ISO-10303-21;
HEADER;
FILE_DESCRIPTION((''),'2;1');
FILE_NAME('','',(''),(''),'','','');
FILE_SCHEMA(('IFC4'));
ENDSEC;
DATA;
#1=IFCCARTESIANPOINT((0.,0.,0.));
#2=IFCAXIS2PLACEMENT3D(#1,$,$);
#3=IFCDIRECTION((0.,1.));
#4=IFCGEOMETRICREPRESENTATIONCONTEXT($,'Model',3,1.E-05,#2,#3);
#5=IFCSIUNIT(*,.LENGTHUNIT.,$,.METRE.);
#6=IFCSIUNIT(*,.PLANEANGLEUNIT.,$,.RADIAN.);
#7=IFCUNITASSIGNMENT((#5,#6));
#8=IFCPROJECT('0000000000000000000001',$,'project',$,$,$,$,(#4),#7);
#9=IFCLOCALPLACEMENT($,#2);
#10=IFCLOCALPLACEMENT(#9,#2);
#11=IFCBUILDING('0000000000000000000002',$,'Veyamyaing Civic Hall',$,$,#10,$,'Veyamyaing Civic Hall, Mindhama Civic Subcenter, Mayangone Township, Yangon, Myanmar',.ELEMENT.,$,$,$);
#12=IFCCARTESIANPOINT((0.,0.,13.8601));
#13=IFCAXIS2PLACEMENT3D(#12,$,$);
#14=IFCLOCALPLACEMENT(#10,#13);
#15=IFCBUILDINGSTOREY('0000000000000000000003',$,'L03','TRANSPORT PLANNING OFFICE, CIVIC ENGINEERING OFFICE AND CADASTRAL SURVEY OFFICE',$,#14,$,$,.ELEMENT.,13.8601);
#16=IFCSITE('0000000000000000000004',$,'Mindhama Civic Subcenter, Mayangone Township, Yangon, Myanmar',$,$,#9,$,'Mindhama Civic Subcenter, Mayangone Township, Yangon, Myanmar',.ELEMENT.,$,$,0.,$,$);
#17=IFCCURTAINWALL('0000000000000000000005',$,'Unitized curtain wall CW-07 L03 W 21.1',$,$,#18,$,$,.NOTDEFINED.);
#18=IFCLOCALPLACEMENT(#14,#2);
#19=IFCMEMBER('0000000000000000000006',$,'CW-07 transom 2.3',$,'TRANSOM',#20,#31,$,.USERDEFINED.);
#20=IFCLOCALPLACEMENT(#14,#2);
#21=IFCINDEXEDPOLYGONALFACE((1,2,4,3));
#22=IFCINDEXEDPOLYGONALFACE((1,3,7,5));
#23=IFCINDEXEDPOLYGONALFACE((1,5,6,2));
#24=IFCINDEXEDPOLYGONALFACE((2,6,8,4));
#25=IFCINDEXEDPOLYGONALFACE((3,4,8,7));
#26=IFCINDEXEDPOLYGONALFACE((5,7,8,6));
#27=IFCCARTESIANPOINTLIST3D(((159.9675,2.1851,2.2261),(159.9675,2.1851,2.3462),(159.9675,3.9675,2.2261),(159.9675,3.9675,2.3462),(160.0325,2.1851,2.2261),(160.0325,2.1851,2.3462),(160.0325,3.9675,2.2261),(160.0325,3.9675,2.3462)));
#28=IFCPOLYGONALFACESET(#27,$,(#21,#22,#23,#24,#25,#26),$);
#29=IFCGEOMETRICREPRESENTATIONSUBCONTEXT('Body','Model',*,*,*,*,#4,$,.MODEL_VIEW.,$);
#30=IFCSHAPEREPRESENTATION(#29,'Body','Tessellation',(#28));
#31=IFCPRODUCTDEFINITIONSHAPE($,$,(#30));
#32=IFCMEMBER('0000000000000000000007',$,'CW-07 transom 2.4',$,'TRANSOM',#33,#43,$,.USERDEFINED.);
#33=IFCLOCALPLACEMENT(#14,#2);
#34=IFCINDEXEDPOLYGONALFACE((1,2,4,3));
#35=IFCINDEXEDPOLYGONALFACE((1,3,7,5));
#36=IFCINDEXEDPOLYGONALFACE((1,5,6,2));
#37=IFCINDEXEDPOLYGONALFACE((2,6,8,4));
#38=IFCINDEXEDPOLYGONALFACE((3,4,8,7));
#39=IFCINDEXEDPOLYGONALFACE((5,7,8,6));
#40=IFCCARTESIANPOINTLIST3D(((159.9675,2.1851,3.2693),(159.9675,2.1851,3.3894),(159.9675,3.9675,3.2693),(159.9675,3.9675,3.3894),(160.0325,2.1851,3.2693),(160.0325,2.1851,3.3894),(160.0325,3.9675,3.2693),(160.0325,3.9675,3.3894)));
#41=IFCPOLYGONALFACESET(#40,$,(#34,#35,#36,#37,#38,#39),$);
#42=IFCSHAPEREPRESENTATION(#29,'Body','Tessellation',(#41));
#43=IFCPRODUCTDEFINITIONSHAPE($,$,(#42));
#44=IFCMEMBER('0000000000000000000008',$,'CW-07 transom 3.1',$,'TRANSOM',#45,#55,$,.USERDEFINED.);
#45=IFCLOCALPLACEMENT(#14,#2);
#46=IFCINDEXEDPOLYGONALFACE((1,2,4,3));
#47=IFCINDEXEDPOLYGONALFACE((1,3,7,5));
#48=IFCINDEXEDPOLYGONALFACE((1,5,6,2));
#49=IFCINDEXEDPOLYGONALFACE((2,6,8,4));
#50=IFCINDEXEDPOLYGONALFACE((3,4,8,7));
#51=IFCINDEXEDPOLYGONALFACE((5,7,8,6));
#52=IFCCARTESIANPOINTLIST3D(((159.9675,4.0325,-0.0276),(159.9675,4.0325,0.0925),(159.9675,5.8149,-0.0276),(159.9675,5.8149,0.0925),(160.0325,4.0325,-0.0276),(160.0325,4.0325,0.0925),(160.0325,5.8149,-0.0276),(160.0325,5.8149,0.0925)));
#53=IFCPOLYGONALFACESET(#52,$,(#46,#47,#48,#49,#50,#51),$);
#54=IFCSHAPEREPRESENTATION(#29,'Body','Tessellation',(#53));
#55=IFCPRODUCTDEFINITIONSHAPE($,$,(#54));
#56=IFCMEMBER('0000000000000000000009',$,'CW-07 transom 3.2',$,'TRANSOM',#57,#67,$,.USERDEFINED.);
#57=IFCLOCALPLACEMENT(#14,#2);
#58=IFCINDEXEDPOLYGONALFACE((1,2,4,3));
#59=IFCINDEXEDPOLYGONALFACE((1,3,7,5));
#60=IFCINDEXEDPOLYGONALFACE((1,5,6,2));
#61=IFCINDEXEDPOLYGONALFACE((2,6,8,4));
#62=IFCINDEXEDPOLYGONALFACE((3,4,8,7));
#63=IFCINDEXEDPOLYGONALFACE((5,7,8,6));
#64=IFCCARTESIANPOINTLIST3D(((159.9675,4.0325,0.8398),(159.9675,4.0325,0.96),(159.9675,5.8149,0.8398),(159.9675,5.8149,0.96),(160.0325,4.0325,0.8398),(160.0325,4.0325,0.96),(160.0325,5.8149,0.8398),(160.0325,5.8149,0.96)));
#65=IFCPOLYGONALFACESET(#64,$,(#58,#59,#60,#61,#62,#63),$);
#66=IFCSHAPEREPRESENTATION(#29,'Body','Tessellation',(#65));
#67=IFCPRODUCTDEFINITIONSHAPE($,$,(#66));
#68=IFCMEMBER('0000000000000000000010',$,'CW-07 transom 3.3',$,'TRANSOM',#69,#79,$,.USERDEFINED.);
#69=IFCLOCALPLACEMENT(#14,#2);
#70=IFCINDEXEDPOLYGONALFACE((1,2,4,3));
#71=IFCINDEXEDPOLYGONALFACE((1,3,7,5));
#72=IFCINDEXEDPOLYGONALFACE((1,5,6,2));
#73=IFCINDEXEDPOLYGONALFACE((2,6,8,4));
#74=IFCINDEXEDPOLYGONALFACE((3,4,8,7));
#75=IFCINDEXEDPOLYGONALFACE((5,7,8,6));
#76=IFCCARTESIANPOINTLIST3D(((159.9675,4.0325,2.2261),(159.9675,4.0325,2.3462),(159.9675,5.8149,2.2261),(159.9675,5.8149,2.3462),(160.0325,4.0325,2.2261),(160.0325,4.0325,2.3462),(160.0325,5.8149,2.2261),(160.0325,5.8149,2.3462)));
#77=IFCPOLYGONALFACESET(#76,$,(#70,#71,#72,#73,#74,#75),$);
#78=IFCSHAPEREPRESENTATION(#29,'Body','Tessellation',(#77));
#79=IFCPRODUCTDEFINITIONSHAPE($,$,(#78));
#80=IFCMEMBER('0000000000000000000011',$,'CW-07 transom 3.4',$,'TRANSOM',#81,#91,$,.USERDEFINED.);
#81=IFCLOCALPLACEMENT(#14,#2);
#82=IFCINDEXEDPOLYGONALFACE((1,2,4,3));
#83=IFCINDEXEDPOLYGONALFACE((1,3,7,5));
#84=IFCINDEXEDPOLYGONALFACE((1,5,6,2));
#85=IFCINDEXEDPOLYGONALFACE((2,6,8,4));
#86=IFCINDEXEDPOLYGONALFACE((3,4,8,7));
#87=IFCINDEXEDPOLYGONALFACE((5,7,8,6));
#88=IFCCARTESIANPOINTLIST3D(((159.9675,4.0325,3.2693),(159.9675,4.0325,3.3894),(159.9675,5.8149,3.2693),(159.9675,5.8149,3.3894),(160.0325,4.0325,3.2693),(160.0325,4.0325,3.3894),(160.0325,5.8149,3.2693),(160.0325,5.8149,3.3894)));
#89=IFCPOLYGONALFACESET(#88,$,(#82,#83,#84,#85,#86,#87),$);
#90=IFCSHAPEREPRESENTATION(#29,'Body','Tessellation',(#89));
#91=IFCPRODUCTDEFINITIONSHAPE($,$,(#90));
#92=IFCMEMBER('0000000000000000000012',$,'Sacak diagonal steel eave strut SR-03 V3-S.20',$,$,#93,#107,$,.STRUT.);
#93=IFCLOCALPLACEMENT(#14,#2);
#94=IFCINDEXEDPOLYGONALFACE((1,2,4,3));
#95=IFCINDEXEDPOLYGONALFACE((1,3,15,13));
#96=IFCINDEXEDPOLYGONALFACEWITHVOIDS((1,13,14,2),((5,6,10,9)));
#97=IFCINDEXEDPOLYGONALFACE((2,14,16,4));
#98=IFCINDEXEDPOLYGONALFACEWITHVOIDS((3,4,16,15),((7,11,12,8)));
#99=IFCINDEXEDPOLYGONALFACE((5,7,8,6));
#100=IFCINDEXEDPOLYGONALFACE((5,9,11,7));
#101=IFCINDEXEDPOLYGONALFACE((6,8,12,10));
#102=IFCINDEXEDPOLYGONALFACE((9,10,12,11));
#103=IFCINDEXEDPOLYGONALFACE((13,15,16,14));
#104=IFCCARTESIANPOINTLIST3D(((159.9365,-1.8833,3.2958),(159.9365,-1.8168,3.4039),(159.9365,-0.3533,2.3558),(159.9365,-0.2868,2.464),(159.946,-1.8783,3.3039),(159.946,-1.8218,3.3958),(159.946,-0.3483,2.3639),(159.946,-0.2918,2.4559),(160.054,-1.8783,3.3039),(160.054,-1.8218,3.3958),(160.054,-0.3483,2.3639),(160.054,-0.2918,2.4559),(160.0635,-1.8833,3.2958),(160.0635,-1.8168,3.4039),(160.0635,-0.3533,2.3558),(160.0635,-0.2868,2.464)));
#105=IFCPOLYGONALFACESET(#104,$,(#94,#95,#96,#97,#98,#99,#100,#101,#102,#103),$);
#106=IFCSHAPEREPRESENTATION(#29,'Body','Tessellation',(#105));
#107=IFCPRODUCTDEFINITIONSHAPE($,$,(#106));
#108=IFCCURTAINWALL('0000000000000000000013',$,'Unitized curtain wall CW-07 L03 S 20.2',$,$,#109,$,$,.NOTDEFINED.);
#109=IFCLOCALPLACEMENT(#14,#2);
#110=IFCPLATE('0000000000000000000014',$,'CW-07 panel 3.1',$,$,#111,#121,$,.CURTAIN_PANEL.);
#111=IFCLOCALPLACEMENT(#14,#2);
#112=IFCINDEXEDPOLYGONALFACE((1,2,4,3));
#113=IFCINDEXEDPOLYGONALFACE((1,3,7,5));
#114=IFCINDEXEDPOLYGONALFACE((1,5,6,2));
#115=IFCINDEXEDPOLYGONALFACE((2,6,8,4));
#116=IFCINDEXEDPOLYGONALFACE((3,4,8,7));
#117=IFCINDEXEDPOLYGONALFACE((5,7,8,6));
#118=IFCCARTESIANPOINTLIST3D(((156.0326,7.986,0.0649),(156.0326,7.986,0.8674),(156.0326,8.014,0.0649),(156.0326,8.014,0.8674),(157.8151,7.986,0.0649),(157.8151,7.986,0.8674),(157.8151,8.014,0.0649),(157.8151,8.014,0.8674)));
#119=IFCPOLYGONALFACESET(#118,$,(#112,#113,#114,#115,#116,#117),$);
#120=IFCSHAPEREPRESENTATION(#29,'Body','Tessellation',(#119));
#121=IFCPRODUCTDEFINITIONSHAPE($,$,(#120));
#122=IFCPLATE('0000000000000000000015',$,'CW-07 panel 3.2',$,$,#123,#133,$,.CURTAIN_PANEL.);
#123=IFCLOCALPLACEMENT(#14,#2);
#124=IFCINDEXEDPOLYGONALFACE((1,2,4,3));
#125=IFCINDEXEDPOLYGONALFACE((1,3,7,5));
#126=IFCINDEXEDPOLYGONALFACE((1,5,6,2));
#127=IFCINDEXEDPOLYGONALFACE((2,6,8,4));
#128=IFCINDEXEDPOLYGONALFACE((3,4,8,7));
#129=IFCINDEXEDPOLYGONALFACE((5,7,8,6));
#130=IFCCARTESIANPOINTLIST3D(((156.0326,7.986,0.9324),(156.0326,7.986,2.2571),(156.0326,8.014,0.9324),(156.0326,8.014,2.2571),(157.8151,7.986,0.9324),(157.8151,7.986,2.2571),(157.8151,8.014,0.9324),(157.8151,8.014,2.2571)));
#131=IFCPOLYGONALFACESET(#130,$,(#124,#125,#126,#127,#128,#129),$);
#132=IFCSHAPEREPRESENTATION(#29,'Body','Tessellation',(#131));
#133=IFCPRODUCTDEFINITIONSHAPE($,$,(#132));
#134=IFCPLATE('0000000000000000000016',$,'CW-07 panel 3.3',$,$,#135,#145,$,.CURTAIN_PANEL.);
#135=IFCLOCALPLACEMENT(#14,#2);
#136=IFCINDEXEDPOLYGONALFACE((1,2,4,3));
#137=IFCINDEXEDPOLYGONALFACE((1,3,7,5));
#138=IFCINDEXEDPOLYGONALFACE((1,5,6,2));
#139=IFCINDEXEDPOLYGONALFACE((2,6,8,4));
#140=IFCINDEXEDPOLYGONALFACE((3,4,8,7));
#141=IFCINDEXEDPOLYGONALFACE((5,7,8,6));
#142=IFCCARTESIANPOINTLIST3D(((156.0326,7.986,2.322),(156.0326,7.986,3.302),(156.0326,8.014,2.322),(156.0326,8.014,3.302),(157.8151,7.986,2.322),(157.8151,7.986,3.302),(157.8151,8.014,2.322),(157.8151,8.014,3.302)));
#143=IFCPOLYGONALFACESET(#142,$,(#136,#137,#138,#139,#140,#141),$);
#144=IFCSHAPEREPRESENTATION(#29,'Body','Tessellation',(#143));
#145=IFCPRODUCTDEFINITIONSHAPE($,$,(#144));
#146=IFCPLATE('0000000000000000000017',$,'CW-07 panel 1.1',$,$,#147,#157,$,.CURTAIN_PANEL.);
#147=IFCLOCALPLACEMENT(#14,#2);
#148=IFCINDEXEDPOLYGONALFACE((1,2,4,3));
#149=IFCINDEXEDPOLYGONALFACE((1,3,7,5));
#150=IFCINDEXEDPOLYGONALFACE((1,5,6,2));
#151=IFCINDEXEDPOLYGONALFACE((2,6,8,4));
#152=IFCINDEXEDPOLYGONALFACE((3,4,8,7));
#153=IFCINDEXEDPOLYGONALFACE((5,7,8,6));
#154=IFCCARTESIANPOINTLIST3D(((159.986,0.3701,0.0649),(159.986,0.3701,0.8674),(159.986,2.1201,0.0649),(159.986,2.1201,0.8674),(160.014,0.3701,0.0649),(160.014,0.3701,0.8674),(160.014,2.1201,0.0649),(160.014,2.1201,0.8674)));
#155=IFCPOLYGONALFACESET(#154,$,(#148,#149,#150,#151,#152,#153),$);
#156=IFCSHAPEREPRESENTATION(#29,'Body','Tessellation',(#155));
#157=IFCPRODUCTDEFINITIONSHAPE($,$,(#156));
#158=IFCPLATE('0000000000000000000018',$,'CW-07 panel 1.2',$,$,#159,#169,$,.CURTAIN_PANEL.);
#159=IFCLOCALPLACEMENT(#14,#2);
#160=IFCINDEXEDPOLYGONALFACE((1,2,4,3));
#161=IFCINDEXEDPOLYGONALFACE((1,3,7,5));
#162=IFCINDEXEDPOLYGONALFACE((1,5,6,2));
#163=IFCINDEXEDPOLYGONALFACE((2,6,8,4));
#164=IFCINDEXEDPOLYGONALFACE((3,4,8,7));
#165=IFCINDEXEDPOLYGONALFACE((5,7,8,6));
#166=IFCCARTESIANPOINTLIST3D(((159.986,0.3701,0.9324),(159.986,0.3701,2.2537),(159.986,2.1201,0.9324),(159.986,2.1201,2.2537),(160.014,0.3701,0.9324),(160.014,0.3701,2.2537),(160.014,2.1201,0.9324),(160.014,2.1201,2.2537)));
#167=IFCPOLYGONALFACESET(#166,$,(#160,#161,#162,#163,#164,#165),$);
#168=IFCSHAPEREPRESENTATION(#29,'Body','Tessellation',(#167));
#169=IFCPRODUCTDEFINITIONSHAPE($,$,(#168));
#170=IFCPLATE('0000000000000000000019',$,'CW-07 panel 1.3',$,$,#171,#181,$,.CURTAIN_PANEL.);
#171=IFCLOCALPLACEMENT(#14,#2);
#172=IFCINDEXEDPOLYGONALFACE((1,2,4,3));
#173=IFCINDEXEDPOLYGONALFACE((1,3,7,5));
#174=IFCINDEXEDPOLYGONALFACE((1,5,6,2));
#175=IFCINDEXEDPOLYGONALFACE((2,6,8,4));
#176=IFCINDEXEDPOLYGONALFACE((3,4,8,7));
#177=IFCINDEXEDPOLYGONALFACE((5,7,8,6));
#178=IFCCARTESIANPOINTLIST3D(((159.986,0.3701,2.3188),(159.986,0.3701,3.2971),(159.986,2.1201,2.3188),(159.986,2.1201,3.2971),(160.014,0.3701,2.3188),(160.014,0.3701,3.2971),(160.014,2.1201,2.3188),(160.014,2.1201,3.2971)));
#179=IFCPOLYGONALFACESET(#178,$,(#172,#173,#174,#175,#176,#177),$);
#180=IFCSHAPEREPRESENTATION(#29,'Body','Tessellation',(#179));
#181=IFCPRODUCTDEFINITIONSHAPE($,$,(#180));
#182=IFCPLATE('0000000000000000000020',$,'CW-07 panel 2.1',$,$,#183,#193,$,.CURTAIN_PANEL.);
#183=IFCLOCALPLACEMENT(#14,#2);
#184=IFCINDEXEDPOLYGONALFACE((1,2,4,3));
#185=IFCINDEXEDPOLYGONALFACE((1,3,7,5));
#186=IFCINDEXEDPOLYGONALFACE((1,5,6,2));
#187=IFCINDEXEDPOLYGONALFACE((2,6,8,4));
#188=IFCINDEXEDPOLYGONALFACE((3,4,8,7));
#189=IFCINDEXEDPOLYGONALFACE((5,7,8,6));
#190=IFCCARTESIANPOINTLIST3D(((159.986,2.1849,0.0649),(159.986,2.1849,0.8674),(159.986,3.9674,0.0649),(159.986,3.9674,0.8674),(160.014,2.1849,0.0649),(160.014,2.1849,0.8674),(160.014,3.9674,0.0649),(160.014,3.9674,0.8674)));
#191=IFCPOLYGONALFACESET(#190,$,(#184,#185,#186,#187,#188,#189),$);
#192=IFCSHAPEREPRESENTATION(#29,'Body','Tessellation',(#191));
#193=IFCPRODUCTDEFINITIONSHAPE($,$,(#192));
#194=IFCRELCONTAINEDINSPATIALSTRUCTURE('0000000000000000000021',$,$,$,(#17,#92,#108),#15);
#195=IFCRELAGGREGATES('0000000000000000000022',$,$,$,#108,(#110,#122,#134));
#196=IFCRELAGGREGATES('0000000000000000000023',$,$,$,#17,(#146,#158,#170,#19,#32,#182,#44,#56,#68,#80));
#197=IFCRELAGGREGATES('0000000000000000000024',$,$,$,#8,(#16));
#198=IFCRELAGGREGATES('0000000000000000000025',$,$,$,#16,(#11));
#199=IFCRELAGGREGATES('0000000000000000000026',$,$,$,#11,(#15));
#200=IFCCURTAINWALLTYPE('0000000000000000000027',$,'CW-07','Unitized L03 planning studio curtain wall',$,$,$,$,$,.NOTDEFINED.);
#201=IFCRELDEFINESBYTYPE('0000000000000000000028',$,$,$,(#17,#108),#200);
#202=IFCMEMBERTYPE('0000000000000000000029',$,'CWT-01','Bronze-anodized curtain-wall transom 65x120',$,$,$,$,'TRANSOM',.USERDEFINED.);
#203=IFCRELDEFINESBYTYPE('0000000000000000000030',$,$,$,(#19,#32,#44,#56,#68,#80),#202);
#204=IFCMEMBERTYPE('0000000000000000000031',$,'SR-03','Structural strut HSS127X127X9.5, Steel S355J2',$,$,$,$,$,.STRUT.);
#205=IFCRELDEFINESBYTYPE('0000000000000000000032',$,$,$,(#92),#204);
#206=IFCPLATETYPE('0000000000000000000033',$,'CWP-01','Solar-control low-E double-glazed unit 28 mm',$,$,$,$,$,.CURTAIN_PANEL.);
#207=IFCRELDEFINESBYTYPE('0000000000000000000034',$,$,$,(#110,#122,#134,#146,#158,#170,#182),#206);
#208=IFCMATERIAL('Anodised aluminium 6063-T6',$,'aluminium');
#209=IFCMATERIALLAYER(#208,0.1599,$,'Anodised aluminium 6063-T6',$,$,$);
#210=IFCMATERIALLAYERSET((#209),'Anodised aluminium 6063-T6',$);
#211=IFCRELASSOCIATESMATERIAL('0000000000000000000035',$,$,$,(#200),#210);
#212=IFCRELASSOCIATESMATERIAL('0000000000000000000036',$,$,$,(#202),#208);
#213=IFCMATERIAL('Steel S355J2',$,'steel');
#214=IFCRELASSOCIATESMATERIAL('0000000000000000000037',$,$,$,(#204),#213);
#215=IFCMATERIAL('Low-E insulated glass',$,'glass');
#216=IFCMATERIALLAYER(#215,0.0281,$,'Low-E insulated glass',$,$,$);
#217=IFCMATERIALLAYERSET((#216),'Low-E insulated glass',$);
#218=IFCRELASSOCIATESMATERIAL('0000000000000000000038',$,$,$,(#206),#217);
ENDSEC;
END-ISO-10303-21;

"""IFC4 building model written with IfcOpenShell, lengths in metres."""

from ifc_helpers import new_model, si_unit, direction, frame, origin, origin_2d, place, context, subcontext, project, spatial, rectangle, hollow_rectangle, extrude, material, layer, layer_set, material_profile, profile_set, type_object, element, aggregate, save


model = new_model("IFC4")

# Units and contexts
model_context = context("Model", 3, precision=1e-05, world=origin(), true_north=direction((0.0, 1.0)))
body_context = subcontext(model_context, "Body", "Model", "MODEL_VIEW")
ifc_project = project(units=[si_unit("LENGTHUNIT", "METRE"), si_unit("PLANEANGLEUNIT", "RADIAN")], contexts=[model_context])

# Site, building, storey
site_placement = place(None, origin())
site = spatial("IfcSite", under=ifc_project, at=site_placement, Name="Mindhama Civic Subcenter, Mayangone Township, Yangon, Myanmar", LongName="Mindhama Civic Subcenter, Mayangone Township, Yangon, Myanmar", CompositionType="ELEMENT", RefElevation=0.0)
building_placement = place(site_placement, origin())
building = spatial("IfcBuilding", under=site, at=building_placement, Name="Veyamyaing Civic Hall", LongName="Veyamyaing Civic Hall, Mindhama Civic Subcenter, Mayangone Township, Yangon, Myanmar", CompositionType="ELEMENT")
storey_placement = place(building_placement, frame((0.0, 0.0, 13.8601)))
storey = spatial("IfcBuildingStorey", under=building, at=storey_placement, Name="L03", Description="TRANSPORT PLANNING OFFICE, CIVIC ENGINEERING OFFICE AND CADASTRAL SURVEY OFFICE", CompositionType="ELEMENT", Elevation=13.8601)

# Curtain wall, members
ifc_material_1 = material(Name="Anodised aluminium 6063-T6", Category="aluminium")
ifc_layer_1 = layer(ifc_material_1, 0.1599, Name="Anodised aluminium 6063-T6")
ifc_layer_set_1 = layer_set([ifc_layer_1], Name="Anodised aluminium 6063-T6")
curtain_wall_type = type_object("IfcCurtainWallType", Name="CW-07", Description="Unitized L03 planning studio curtain wall", PredefinedType="NOTDEFINED", material=ifc_layer_set_1)
curtain_wall_1_placement = place(storey_placement, origin())
curtain_wall_1 = element("IfcCurtainWall", 1, at=curtain_wall_1_placement, inside=storey, type_object=curtain_wall_type, Name="Unitized curtain wall CW-07 L03 W 21.1", PredefinedType="NOTDEFINED")
ifc_material_profile_1 = material_profile(ifc_material_1, rectangle(XDim=0.0649, YDim=0.1201, at=origin_2d()), Name="ALU-TRN-65X120")
ifc_profile_set_1 = profile_set([ifc_material_profile_1], Name="Anodised aluminium 6063-T6")
member_type_1 = type_object("IfcMemberType", Name="CWT-01", Description="Bronze-anodized curtain-wall transom 65x120", ElementType="TRANSOM", PredefinedType="USERDEFINED", material=ifc_profile_set_1)
member_1_placement = place(storey_placement, frame((160.0, 2.1851, 2.2861), z_axis=(0.0, 1.0, 0.0), x_axis=(-1.0, 0.0, 0.0)))
member_1 = element("IfcMember", 2, at=member_1_placement, type_object=member_type_1, Name="CW-07 transom 2.3", ObjectType="TRANSOM", PredefinedType="USERDEFINED", context=body_context, shape_type="SweptSolid", body=[
    extrude(rectangle(XDim=0.0649, YDim=0.1201, at=origin_2d()), origin(), (0.0, 0.0, 1.0), 1.7825),
])
member_2_placement = place(storey_placement, frame((160.0, 2.1851, 3.3293), z_axis=(0.0, 1.0, 0.0), x_axis=(-1.0, 0.0, 0.0)))
member_2 = element("IfcMember", 3, at=member_2_placement, type_object=member_type_1, Name="CW-07 transom 2.4", ObjectType="TRANSOM", PredefinedType="USERDEFINED", context=body_context, shape_type="SweptSolid", body=[
    extrude(rectangle(XDim=0.0649, YDim=0.1201, at=origin_2d()), origin(), (0.0, 0.0, 1.0), 1.7825),
])
member_3_placement = place(storey_placement, frame((160.0, 4.0325, 0.0325), z_axis=(0.0, 1.0, 0.0), x_axis=(-1.0, 0.0, 0.0)))
member_3 = element("IfcMember", 4, at=member_3_placement, type_object=member_type_1, Name="CW-07 transom 3.1", ObjectType="TRANSOM", PredefinedType="USERDEFINED", context=body_context, shape_type="SweptSolid", body=[
    extrude(rectangle(XDim=0.0649, YDim=0.1201, at=origin_2d()), origin(), (0.0, 0.0, 1.0), 1.7825),
])
member_4_placement = place(storey_placement, frame((160.0, 4.0325, 0.8999), z_axis=(0.0, 1.0, 0.0), x_axis=(-1.0, 0.0, 0.0)))
member_4 = element("IfcMember", 5, at=member_4_placement, type_object=member_type_1, Name="CW-07 transom 3.2", ObjectType="TRANSOM", PredefinedType="USERDEFINED", context=body_context, shape_type="SweptSolid", body=[
    extrude(rectangle(XDim=0.0649, YDim=0.1201, at=origin_2d()), origin(), (0.0, 0.0, 1.0), 1.7825),
])
member_5_placement = place(storey_placement, frame((160.0, 4.0325, 2.2861), z_axis=(0.0, 1.0, 0.0), x_axis=(-1.0, 0.0, 0.0)))
member_5 = element("IfcMember", 6, at=member_5_placement, type_object=member_type_1, Name="CW-07 transom 3.3", ObjectType="TRANSOM", PredefinedType="USERDEFINED", context=body_context, shape_type="SweptSolid", body=[
    extrude(rectangle(XDim=0.0649, YDim=0.1201, at=origin_2d()), origin(), (0.0, 0.0, 1.0), 1.7825),
])
member_6_placement = place(storey_placement, frame((160.0, 4.0325, 3.3293), z_axis=(0.0, 1.0, 0.0), x_axis=(-1.0, 0.0, 0.0)))
member_6 = element("IfcMember", 7, at=member_6_placement, type_object=member_type_1, Name="CW-07 transom 3.4", ObjectType="TRANSOM", PredefinedType="USERDEFINED", context=body_context, shape_type="SweptSolid", body=[
    extrude(rectangle(XDim=0.0649, YDim=0.1201, at=origin_2d()), origin(), (0.0, 0.0, 1.0), 1.7825),
])

# Member
ifc_material_2 = material(Name="Steel S355J2", Category="steel")
ifc_material_profile_2 = material_profile(ifc_material_2, hollow_rectangle(XDim=0.127, YDim=0.127, WallThickness=0.0095, at=origin_2d()), Name="HSS127X127X9.5")
ifc_profile_set_2 = profile_set([ifc_material_profile_2], Name="Steel S355J2")
member_type_2 = type_object("IfcMemberType", Name="SR-03", Description="Structural strut HSS127X127X9.5, Steel S355J2", PredefinedType="STRUT", material=ifc_profile_set_2)
member_7_placement = place(storey_placement, frame((160.0, -0.3201, 2.4099), z_axis=(0.0, -0.85206, 0.523445), x_axis=(1.0, 0.0, 0.0)))
element("IfcMember", 8, at=member_7_placement, inside=storey, type_object=member_type_2, Name="Sacak diagonal steel eave strut SR-03 V3-S.20", PredefinedType="STRUT", context=body_context, shape_type="SweptSolid", body=[
    extrude(hollow_rectangle(XDim=0.127, YDim=0.127, WallThickness=0.0095, at=origin_2d()), origin(), (0.0, 0.0, 1.0), 1.7957),
])

# Curtain wall, plates
curtain_wall_2_placement = place(storey_placement, origin())
curtain_wall_2 = element("IfcCurtainWall", 9, at=curtain_wall_2_placement, inside=storey, type_object=curtain_wall_type, Name="Unitized curtain wall CW-07 L03 S 20.2", PredefinedType="NOTDEFINED")
ifc_material_3 = material(Name="Low-E insulated glass", Category="glass")
ifc_layer_2 = layer(ifc_material_3, 0.0281, Name="Low-E insulated glass")
ifc_layer_set_2 = layer_set([ifc_layer_2], Name="Low-E insulated glass")
plate_type_1 = type_object("IfcPlateType", Name="CWP-01", Description="Solar-control low-E double-glazed unit 28 mm", PredefinedType="CURTAIN_PANEL", material=ifc_layer_set_2)
plate_1_placement = place(storey_placement, frame((156.9238, 8.0, 0.0649), z_axis=(0.0, 0.0, 1.0), x_axis=(1.0, 0.0, 0.0)))
plate_1 = element("IfcPlate", 10, at=plate_1_placement, type_object=plate_type_1, Name="CW-07 panel 3.1", PredefinedType="CURTAIN_PANEL", context=body_context, shape_type="SweptSolid", body=[
    extrude(rectangle(XDim=1.7825, YDim=0.0281, at=origin_2d()), origin(), (0.0, 0.0, 1.0), 0.8025),
])
plate_2_placement = place(storey_placement, frame((156.9238, 8.0, 0.9324), z_axis=(0.0, 0.0, 1.0), x_axis=(1.0, 0.0, 0.0)))
plate_2 = element("IfcPlate", 11, at=plate_2_placement, type_object=plate_type_1, Name="CW-07 panel 3.2", PredefinedType="CURTAIN_PANEL", context=body_context, shape_type="SweptSolid", body=[
    extrude(rectangle(XDim=1.7825, YDim=0.0281, at=origin_2d()), origin(), (0.0, 0.0, 1.0), 1.3247),
])
plate_3_placement = place(storey_placement, frame((156.9238, 8.0, 2.322), z_axis=(0.0, 0.0, 1.0), x_axis=(1.0, 0.0, 0.0)))
plate_3 = element("IfcPlate", 12, at=plate_3_placement, type_object=plate_type_1, Name="CW-07 panel 3.3", PredefinedType="CURTAIN_PANEL", context=body_context, shape_type="SweptSolid", body=[
    extrude(rectangle(XDim=1.7825, YDim=0.0281, at=origin_2d()), origin(), (0.0, 0.0, 1.0), 0.98),
])
aggregate(curtain_wall_2, [plate_1, plate_2, plate_3])

# Plates
plate_4_placement = place(storey_placement, frame((160.0, 1.2451, 0.0649), z_axis=(0.0, 0.0, 1.0), x_axis=(0.0, 1.0, 0.0)))
plate_4 = element("IfcPlate", 13, at=plate_4_placement, type_object=plate_type_1, Name="CW-07 panel 1.1", PredefinedType="CURTAIN_PANEL", context=body_context, shape_type="SweptSolid", body=[
    extrude(rectangle(XDim=1.75, YDim=0.0281, at=origin_2d()), origin(), (0.0, 0.0, 1.0), 0.8025),
])
plate_5_placement = place(storey_placement, frame((160.0, 1.2451, 0.9324), z_axis=(0.0, 0.0, 1.0), x_axis=(0.0, 1.0, 0.0)))
plate_5 = element("IfcPlate", 14, at=plate_5_placement, type_object=plate_type_1, Name="CW-07 panel 1.2", PredefinedType="CURTAIN_PANEL", context=body_context, shape_type="SweptSolid", body=[
    extrude(rectangle(XDim=1.75, YDim=0.0281, at=origin_2d()), origin(), (0.0, 0.0, 1.0), 1.3213),
])
plate_6_placement = place(storey_placement, frame((160.0, 1.2451, 2.3188), z_axis=(0.0, 0.0, 1.0), x_axis=(0.0, 1.0, 0.0)))
plate_6 = element("IfcPlate", 15, at=plate_6_placement, type_object=plate_type_1, Name="CW-07 panel 1.3", PredefinedType="CURTAIN_PANEL", context=body_context, shape_type="SweptSolid", body=[
    extrude(rectangle(XDim=1.75, YDim=0.0281, at=origin_2d()), origin(), (0.0, 0.0, 1.0), 0.9783),
])
plate_7_placement = place(storey_placement, frame((160.0, 3.0762, 0.0649), z_axis=(0.0, 0.0, 1.0), x_axis=(0.0, 1.0, 0.0)))
plate_7 = element("IfcPlate", 16, at=plate_7_placement, type_object=plate_type_1, Name="CW-07 panel 2.1", PredefinedType="CURTAIN_PANEL", context=body_context, shape_type="SweptSolid", body=[
    extrude(rectangle(XDim=1.7825, YDim=0.0281, at=origin_2d()), origin(), (0.0, 0.0, 1.0), 0.8025),
])
aggregate(curtain_wall_1, [plate_4, plate_5, plate_6, member_1, member_2, plate_7, member_3, member_4, member_5, member_6])

save(model, "model.ifc")
